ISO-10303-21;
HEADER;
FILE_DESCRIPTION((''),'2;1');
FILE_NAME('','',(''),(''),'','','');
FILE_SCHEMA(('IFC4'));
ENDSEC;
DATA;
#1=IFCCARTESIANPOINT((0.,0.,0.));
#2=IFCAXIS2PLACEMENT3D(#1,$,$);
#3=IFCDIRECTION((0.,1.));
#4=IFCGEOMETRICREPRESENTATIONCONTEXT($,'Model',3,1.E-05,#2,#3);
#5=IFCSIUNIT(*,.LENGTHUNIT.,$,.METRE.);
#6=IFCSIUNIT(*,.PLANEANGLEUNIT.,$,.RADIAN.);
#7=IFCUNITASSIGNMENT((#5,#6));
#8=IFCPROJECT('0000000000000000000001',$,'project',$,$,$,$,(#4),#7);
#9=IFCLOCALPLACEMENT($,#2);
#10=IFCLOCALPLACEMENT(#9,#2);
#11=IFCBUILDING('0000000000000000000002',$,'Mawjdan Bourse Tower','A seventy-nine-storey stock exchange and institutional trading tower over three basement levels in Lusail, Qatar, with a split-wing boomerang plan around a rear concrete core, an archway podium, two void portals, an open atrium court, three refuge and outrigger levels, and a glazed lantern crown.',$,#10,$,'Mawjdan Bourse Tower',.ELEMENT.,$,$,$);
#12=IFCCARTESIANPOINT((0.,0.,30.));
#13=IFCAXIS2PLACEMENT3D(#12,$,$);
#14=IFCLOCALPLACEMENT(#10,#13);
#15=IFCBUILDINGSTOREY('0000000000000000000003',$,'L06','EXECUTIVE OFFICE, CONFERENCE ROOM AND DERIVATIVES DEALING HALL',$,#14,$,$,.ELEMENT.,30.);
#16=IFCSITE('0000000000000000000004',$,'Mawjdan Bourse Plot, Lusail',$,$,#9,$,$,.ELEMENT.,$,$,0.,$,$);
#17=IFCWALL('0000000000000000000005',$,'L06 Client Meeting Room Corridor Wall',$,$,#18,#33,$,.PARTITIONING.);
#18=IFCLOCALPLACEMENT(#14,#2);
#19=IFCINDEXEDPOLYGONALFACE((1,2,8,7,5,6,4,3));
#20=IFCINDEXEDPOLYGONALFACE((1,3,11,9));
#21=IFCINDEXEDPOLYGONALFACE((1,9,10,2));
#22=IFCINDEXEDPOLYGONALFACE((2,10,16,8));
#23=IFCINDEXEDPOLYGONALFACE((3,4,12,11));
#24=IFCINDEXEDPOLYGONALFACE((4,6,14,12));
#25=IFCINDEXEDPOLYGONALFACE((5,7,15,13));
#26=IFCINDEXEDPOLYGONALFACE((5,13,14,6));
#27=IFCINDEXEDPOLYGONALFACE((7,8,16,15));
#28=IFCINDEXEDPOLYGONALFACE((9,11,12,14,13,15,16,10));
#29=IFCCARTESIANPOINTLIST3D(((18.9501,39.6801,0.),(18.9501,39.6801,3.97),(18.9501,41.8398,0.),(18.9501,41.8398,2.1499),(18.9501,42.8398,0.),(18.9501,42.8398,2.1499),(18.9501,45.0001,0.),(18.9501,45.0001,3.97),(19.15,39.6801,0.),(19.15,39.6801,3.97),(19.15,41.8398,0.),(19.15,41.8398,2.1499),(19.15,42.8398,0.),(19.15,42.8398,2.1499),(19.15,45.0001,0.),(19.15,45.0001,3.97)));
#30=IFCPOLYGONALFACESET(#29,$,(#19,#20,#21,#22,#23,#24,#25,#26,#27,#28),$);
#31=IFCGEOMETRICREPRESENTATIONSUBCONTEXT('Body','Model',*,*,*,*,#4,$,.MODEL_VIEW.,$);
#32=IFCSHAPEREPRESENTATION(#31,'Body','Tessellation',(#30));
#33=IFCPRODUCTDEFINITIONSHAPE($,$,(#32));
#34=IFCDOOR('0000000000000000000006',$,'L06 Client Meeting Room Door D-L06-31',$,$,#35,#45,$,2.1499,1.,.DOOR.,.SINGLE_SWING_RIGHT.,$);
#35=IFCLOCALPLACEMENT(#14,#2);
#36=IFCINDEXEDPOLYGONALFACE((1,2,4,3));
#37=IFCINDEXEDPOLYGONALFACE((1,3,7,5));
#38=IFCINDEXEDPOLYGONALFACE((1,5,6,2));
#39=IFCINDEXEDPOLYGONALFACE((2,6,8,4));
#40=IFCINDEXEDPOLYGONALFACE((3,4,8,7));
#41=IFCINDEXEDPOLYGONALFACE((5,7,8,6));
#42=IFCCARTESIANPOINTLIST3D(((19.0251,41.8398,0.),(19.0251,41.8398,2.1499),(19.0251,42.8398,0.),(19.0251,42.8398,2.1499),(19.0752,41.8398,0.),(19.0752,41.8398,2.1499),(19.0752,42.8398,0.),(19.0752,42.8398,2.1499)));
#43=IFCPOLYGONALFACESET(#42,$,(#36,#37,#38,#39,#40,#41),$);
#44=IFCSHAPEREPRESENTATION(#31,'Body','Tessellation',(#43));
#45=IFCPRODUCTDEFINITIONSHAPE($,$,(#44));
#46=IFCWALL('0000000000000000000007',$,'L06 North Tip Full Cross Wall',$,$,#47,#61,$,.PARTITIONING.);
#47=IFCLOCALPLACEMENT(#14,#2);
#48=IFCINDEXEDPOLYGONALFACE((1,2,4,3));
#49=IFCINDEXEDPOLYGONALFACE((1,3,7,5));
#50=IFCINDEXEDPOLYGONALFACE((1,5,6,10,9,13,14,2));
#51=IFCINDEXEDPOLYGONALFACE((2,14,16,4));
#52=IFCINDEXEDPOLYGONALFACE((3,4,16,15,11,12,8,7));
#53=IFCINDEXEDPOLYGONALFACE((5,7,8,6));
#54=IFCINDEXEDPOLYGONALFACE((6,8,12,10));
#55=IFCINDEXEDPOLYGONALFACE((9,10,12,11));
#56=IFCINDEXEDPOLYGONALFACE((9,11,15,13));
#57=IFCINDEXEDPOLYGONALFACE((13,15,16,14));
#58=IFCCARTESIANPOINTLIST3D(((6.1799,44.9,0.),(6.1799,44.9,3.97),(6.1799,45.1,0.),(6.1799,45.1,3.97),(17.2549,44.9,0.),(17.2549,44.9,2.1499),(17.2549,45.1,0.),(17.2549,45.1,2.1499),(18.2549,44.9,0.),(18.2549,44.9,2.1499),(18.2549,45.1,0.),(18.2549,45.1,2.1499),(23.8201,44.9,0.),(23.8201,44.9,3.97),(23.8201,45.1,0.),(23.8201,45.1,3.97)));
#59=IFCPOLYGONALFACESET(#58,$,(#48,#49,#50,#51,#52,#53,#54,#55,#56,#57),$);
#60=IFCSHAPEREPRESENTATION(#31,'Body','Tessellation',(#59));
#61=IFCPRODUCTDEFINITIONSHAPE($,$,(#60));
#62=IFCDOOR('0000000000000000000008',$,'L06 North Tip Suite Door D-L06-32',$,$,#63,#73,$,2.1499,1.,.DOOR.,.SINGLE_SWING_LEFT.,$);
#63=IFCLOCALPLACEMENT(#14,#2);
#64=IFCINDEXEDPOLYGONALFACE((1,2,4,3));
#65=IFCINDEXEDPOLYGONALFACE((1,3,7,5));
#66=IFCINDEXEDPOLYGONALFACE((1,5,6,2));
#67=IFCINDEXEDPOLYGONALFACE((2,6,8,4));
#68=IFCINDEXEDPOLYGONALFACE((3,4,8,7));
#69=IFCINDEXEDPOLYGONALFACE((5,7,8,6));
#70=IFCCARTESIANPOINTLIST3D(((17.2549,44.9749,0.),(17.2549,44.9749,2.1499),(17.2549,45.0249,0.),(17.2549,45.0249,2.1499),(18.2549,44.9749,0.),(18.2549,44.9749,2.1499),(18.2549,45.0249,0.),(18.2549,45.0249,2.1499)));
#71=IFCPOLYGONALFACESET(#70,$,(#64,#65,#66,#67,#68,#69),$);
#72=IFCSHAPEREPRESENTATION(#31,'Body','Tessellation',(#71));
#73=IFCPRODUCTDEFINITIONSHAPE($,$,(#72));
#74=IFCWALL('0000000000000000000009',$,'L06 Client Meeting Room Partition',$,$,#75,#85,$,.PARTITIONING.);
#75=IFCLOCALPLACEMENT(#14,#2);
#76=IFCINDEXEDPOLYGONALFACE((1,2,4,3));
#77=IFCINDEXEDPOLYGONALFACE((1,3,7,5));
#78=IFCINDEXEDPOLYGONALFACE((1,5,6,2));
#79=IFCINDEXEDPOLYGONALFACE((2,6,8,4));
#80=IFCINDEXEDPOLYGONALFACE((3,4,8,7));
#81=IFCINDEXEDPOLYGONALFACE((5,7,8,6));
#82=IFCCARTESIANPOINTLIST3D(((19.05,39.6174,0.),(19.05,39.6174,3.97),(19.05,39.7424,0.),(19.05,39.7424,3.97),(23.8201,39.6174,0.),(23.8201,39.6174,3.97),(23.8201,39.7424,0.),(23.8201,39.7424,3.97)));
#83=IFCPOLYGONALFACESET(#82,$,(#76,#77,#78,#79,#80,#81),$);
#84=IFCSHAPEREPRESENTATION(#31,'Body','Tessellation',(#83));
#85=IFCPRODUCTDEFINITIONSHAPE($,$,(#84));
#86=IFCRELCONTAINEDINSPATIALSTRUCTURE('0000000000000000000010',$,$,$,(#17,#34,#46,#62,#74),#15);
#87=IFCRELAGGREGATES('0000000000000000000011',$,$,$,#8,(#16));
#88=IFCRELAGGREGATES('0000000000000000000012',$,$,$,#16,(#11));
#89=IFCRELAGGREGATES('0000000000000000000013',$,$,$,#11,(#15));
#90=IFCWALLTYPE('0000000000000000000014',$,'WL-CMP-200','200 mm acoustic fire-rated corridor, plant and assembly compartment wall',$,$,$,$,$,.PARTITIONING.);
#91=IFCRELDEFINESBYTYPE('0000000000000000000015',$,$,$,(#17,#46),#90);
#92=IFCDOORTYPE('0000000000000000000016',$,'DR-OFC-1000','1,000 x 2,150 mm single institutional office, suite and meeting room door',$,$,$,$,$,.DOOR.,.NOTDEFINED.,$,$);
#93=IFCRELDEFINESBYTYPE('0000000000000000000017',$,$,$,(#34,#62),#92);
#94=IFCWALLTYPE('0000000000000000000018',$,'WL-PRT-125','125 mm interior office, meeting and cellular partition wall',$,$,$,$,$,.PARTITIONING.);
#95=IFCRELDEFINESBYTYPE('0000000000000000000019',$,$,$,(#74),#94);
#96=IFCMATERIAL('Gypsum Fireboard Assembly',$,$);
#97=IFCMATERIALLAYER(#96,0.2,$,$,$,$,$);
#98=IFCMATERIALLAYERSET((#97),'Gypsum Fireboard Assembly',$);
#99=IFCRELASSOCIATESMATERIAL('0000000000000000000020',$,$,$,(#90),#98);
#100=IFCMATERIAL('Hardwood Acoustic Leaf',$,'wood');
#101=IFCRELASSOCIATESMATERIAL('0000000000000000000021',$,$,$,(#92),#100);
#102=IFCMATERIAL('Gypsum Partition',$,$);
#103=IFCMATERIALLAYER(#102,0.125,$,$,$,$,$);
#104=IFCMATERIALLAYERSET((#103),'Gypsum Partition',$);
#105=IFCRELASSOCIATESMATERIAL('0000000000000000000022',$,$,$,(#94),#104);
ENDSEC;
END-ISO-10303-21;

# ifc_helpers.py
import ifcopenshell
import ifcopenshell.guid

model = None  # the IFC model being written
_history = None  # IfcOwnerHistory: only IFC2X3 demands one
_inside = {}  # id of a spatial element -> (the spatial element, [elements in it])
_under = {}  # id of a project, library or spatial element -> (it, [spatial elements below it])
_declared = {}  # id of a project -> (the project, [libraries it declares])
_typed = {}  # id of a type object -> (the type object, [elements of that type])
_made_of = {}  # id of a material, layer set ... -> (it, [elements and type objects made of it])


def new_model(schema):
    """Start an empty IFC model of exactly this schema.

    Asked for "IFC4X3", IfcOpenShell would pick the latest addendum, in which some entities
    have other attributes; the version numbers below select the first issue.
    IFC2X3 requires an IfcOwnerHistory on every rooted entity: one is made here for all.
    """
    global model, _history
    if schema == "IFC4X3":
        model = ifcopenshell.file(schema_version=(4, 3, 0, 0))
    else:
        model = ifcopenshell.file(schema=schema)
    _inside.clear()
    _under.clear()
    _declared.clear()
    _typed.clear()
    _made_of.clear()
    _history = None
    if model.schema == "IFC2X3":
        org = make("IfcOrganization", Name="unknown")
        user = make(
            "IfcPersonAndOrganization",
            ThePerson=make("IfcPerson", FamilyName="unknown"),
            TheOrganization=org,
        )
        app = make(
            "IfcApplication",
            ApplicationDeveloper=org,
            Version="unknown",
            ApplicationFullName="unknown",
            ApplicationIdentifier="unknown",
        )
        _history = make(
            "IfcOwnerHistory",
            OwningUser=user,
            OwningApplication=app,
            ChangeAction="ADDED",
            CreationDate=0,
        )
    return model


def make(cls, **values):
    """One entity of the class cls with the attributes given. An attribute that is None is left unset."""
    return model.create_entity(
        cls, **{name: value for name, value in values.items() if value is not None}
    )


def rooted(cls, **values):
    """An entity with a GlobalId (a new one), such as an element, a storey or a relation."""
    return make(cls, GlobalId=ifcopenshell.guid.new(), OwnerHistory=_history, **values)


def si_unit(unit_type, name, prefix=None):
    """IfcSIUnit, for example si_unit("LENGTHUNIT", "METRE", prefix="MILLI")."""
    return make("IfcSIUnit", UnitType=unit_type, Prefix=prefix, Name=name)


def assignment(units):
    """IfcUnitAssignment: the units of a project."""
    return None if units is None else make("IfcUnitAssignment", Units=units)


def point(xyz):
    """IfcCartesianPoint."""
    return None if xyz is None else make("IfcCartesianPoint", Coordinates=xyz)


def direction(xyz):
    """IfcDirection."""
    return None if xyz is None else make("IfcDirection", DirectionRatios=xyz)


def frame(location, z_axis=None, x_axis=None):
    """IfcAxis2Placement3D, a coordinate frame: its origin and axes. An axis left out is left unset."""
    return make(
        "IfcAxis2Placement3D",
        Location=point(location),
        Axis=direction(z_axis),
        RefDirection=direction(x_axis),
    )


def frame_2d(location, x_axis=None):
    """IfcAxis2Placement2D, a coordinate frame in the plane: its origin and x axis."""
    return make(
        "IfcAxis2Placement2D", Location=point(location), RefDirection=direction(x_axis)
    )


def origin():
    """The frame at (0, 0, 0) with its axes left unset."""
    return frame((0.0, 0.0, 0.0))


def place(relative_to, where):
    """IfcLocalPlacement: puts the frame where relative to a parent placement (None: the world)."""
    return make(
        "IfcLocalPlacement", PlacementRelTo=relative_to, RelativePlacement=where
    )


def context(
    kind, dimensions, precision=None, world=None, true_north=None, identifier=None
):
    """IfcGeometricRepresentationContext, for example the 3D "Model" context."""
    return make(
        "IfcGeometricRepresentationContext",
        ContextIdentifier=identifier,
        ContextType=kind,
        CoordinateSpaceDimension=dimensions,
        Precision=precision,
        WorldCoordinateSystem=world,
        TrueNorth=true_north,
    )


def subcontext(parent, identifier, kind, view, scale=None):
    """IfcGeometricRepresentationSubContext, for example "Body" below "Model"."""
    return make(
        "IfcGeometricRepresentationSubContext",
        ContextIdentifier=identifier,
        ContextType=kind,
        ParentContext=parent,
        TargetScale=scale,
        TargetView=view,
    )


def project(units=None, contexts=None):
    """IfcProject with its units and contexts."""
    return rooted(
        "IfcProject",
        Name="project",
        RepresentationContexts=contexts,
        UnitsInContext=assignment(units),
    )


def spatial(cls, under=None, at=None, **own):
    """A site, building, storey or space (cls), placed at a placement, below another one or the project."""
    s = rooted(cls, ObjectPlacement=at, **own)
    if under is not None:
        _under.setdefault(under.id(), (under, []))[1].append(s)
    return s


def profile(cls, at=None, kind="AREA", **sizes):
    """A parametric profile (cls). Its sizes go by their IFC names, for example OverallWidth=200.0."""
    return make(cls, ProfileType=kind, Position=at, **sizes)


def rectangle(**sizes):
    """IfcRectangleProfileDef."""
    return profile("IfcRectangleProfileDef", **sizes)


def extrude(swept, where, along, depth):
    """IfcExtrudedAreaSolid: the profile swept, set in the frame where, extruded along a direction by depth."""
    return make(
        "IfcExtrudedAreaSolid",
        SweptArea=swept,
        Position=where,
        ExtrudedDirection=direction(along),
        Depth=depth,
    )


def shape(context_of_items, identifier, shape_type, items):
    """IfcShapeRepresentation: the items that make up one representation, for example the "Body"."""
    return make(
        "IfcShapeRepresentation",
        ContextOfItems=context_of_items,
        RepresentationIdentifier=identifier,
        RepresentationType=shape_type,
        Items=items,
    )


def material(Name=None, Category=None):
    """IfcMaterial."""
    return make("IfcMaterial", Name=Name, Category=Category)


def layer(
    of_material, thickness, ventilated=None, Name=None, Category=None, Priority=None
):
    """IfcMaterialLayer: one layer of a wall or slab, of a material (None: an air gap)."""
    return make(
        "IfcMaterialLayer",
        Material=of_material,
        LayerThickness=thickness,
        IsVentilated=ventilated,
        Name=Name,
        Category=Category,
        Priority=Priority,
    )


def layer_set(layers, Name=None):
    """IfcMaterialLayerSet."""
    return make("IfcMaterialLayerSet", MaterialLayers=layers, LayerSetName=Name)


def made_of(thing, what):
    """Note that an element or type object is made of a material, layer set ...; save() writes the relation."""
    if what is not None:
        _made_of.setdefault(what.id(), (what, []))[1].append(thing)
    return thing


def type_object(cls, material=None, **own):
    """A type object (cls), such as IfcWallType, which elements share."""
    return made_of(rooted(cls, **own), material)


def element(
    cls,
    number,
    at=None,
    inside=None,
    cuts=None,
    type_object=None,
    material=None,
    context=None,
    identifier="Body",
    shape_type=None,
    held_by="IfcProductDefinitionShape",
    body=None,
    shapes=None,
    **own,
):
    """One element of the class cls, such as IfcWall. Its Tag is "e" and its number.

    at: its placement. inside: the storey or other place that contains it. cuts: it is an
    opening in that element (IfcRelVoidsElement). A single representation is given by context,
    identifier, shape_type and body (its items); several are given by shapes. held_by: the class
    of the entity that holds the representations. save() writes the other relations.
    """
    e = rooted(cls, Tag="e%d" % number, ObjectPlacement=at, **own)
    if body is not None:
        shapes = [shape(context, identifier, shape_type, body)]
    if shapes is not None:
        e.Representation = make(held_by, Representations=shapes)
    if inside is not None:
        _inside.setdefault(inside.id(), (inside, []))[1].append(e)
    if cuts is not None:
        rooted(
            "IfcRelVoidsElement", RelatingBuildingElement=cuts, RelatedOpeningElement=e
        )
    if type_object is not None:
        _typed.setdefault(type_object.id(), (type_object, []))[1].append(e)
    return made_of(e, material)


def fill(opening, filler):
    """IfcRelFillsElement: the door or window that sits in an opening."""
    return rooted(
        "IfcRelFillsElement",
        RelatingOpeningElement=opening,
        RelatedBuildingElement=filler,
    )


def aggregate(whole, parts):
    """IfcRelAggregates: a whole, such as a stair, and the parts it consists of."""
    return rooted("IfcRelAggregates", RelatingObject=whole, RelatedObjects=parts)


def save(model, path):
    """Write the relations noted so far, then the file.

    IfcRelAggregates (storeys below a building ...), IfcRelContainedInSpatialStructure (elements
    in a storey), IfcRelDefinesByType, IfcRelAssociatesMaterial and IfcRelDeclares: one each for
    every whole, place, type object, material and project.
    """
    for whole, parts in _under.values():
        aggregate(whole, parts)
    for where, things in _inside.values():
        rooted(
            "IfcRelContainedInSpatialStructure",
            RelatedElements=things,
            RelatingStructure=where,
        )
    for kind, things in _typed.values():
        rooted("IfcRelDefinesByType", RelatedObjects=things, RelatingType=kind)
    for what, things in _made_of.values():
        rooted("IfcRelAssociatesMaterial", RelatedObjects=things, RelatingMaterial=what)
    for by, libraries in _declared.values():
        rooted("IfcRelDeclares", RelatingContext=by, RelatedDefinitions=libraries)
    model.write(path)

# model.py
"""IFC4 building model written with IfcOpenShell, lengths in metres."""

from ifc_helpers import new_model, si_unit, direction, frame, frame_2d, origin, place, context, subcontext, project, spatial, rectangle, extrude, material, layer, layer_set, type_object, element, fill, save


model = new_model("IFC4")

# Units and contexts
model_context = context("Model", 3, precision=1e-05, world=origin(), true_north=direction((0.0, 1.0)))
body_context = subcontext(model_context, "Body", "Model", "MODEL_VIEW")
ifc_project = project(units=[si_unit("LENGTHUNIT", "METRE"), si_unit("PLANEANGLEUNIT", "RADIAN")], contexts=[model_context])

# Site, building, storey
site_placement = place(None, origin())
site = spatial("IfcSite", under=ifc_project, at=site_placement, Name="Mawjdan Bourse Plot, Lusail", CompositionType="ELEMENT", RefElevation=0.0)
building_placement = place(site_placement, origin())
building = spatial("IfcBuilding", under=site, at=building_placement, Name="Mawjdan Bourse Tower", Description="A seventy-nine-storey stock exchange and institutional trading tower over three basement levels in Lusail, Qatar, with a split-wing boomerang plan around a rear concrete core, an archway podium, two void portals, an open atrium court, three refuge and outrigger levels, and a glazed lantern crown.", LongName="Mawjdan Bourse Tower", CompositionType="ELEMENT")
storey_placement = place(building_placement, frame((0.0, 0.0, 30.0)))
storey = spatial("IfcBuildingStorey", under=building, at=storey_placement, Name="L06", Description="EXECUTIVE OFFICE, CONFERENCE ROOM AND DERIVATIVES DEALING HALL", CompositionType="ELEMENT", Elevation=30.0)

# Walls, openings, doors
ifc_material_1 = material(Name="Gypsum Fireboard Assembly")
ifc_layer_1 = layer(ifc_material_1, 0.2)
ifc_layer_set_1 = layer_set([ifc_layer_1], Name="Gypsum Fireboard Assembly")
wall_type_1 = type_object("IfcWallType", Name="WL-CMP-200", Description="200 mm acoustic fire-rated corridor, plant and assembly compartment wall", PredefinedType="PARTITIONING", material=ifc_layer_set_1)
wall_1_placement = place(storey_placement, frame((19.05, 39.6799, 0.0), z_axis=(0.0, 0.0, 1.0), x_axis=(0.0, 1.0, 0.0)))
wall_1 = element("IfcWall", 1, at=wall_1_placement, inside=storey, type_object=wall_type_1, Name="L06 Client Meeting Room Corridor Wall", PredefinedType="PARTITIONING", context=body_context, shape_type="SweptSolid", body=[
    extrude(rectangle(XDim=5.3201, YDim=0.2, at=frame_2d((2.6602, 0.0))), origin(), (0.0, 0.0, 1.0), 3.97),
])
opening_1_placement = place(wall_1_placement, frame((2.1599, 0.0, 0.0)))
opening_1 = element("IfcOpeningElement", 2, at=opening_1_placement, cuts=wall_1, PredefinedType="OPENING", context=body_context, shape_type="SweptSolid", body=[
    extrude(rectangle(XDim=1.0, YDim=2.1499, at=frame_2d((0.5, 1.075))), frame((0.0, 0.1099, 0.0), z_axis=(0.0, -1.0, 0.0), x_axis=(1.0, 0.0, 0.0)), (0.0, 0.0, 1.0), 0.22),
])
ifc_material_2 = material(Name="Hardwood Acoustic Leaf", Category="wood")
door_type = type_object("IfcDoorType", Name="DR-OFC-1000", Description="1,000 x 2,150 mm single institutional office, suite and meeting room door", OperationType="NOTDEFINED", PredefinedType="DOOR", material=ifc_material_2)
door_1_placement = place(opening_1_placement, origin())
door_1 = element("IfcDoor", 3, at=door_1_placement, inside=storey, type_object=door_type, Name="L06 Client Meeting Room Door D-L06-31", OperationType="SINGLE_SWING_RIGHT", OverallHeight=2.1499, OverallWidth=1.0, PredefinedType="DOOR", context=body_context, shape_type="SweptSolid", body=[
    extrude(rectangle(XDim=1.0, YDim=2.1499, at=frame_2d((0.5, 1.075))), frame((0.0, 0.0249, 0.0), z_axis=(0.0, -1.0, 0.0), x_axis=(1.0, 0.0, 0.0)), (0.0, 0.0, 1.0), 0.05),
])
fill(opening_1, door_1)
wall_2_placement = place(storey_placement, frame((6.1799, 45.0, 0.0), z_axis=(0.0, 0.0, 1.0), x_axis=(1.0, 0.0, 0.0)))
wall_2 = element("IfcWall", 4, at=wall_2_placement, inside=storey, type_object=wall_type_1, Name="L06 North Tip Full Cross Wall", PredefinedType="PARTITIONING", context=body_context, shape_type="SweptSolid", body=[
    extrude(rectangle(XDim=17.6401, YDim=0.2, at=frame_2d((8.8201, 0.0))), origin(), (0.0, 0.0, 1.0), 3.97),
])
opening_2_placement = place(wall_2_placement, frame((11.075, 0.0, 0.0)))
opening_2 = element("IfcOpeningElement", 5, at=opening_2_placement, cuts=wall_2, PredefinedType="OPENING", context=body_context, shape_type="SweptSolid", body=[
    extrude(rectangle(XDim=1.0, YDim=2.1499, at=frame_2d((0.5, 1.075))), frame((0.0, 0.1099, 0.0), z_axis=(0.0, -1.0, 0.0), x_axis=(1.0, 0.0, 0.0)), (0.0, 0.0, 1.0), 0.22),
])
door_2_placement = place(opening_2_placement, origin())
door_2 = element("IfcDoor", 6, at=door_2_placement, inside=storey, type_object=door_type, Name="L06 North Tip Suite Door D-L06-32", OperationType="SINGLE_SWING_LEFT", OverallHeight=2.1499, OverallWidth=1.0, PredefinedType="DOOR", context=body_context, shape_type="SweptSolid", body=[
    extrude(rectangle(XDim=1.0, YDim=2.1499, at=frame_2d((0.5, 1.075))), frame((0.0, 0.0249, 0.0), z_axis=(0.0, -1.0, 0.0), x_axis=(1.0, 0.0, 0.0)), (0.0, 0.0, 1.0), 0.05),
])
fill(opening_2, door_2)

# Wall
ifc_material_3 = material(Name="Gypsum Partition")
ifc_layer_2 = layer(ifc_material_3, 0.125)
ifc_layer_set_2 = layer_set([ifc_layer_2], Name="Gypsum Partition")
wall_type_2 = type_object("IfcWallType", Name="WL-PRT-125", Description="125 mm interior office, meeting and cellular partition wall", PredefinedType="PARTITIONING", material=ifc_layer_set_2)
wall_3_placement = place(storey_placement, frame((19.05, 39.6799, 0.0), z_axis=(0.0, 0.0, 1.0), x_axis=(1.0, 0.0, 0.0)))
element("IfcWall", 7, at=wall_3_placement, inside=storey, type_object=wall_type_2, Name="L06 Client Meeting Room Partition", PredefinedType="PARTITIONING", context=body_context, shape_type="SweptSolid", body=[
    extrude(rectangle(XDim=4.77, YDim=0.125, at=frame_2d((2.385, 0.0))), origin(), (0.0, 0.0, 1.0), 3.97),
])

save(model, "model.ifc")
